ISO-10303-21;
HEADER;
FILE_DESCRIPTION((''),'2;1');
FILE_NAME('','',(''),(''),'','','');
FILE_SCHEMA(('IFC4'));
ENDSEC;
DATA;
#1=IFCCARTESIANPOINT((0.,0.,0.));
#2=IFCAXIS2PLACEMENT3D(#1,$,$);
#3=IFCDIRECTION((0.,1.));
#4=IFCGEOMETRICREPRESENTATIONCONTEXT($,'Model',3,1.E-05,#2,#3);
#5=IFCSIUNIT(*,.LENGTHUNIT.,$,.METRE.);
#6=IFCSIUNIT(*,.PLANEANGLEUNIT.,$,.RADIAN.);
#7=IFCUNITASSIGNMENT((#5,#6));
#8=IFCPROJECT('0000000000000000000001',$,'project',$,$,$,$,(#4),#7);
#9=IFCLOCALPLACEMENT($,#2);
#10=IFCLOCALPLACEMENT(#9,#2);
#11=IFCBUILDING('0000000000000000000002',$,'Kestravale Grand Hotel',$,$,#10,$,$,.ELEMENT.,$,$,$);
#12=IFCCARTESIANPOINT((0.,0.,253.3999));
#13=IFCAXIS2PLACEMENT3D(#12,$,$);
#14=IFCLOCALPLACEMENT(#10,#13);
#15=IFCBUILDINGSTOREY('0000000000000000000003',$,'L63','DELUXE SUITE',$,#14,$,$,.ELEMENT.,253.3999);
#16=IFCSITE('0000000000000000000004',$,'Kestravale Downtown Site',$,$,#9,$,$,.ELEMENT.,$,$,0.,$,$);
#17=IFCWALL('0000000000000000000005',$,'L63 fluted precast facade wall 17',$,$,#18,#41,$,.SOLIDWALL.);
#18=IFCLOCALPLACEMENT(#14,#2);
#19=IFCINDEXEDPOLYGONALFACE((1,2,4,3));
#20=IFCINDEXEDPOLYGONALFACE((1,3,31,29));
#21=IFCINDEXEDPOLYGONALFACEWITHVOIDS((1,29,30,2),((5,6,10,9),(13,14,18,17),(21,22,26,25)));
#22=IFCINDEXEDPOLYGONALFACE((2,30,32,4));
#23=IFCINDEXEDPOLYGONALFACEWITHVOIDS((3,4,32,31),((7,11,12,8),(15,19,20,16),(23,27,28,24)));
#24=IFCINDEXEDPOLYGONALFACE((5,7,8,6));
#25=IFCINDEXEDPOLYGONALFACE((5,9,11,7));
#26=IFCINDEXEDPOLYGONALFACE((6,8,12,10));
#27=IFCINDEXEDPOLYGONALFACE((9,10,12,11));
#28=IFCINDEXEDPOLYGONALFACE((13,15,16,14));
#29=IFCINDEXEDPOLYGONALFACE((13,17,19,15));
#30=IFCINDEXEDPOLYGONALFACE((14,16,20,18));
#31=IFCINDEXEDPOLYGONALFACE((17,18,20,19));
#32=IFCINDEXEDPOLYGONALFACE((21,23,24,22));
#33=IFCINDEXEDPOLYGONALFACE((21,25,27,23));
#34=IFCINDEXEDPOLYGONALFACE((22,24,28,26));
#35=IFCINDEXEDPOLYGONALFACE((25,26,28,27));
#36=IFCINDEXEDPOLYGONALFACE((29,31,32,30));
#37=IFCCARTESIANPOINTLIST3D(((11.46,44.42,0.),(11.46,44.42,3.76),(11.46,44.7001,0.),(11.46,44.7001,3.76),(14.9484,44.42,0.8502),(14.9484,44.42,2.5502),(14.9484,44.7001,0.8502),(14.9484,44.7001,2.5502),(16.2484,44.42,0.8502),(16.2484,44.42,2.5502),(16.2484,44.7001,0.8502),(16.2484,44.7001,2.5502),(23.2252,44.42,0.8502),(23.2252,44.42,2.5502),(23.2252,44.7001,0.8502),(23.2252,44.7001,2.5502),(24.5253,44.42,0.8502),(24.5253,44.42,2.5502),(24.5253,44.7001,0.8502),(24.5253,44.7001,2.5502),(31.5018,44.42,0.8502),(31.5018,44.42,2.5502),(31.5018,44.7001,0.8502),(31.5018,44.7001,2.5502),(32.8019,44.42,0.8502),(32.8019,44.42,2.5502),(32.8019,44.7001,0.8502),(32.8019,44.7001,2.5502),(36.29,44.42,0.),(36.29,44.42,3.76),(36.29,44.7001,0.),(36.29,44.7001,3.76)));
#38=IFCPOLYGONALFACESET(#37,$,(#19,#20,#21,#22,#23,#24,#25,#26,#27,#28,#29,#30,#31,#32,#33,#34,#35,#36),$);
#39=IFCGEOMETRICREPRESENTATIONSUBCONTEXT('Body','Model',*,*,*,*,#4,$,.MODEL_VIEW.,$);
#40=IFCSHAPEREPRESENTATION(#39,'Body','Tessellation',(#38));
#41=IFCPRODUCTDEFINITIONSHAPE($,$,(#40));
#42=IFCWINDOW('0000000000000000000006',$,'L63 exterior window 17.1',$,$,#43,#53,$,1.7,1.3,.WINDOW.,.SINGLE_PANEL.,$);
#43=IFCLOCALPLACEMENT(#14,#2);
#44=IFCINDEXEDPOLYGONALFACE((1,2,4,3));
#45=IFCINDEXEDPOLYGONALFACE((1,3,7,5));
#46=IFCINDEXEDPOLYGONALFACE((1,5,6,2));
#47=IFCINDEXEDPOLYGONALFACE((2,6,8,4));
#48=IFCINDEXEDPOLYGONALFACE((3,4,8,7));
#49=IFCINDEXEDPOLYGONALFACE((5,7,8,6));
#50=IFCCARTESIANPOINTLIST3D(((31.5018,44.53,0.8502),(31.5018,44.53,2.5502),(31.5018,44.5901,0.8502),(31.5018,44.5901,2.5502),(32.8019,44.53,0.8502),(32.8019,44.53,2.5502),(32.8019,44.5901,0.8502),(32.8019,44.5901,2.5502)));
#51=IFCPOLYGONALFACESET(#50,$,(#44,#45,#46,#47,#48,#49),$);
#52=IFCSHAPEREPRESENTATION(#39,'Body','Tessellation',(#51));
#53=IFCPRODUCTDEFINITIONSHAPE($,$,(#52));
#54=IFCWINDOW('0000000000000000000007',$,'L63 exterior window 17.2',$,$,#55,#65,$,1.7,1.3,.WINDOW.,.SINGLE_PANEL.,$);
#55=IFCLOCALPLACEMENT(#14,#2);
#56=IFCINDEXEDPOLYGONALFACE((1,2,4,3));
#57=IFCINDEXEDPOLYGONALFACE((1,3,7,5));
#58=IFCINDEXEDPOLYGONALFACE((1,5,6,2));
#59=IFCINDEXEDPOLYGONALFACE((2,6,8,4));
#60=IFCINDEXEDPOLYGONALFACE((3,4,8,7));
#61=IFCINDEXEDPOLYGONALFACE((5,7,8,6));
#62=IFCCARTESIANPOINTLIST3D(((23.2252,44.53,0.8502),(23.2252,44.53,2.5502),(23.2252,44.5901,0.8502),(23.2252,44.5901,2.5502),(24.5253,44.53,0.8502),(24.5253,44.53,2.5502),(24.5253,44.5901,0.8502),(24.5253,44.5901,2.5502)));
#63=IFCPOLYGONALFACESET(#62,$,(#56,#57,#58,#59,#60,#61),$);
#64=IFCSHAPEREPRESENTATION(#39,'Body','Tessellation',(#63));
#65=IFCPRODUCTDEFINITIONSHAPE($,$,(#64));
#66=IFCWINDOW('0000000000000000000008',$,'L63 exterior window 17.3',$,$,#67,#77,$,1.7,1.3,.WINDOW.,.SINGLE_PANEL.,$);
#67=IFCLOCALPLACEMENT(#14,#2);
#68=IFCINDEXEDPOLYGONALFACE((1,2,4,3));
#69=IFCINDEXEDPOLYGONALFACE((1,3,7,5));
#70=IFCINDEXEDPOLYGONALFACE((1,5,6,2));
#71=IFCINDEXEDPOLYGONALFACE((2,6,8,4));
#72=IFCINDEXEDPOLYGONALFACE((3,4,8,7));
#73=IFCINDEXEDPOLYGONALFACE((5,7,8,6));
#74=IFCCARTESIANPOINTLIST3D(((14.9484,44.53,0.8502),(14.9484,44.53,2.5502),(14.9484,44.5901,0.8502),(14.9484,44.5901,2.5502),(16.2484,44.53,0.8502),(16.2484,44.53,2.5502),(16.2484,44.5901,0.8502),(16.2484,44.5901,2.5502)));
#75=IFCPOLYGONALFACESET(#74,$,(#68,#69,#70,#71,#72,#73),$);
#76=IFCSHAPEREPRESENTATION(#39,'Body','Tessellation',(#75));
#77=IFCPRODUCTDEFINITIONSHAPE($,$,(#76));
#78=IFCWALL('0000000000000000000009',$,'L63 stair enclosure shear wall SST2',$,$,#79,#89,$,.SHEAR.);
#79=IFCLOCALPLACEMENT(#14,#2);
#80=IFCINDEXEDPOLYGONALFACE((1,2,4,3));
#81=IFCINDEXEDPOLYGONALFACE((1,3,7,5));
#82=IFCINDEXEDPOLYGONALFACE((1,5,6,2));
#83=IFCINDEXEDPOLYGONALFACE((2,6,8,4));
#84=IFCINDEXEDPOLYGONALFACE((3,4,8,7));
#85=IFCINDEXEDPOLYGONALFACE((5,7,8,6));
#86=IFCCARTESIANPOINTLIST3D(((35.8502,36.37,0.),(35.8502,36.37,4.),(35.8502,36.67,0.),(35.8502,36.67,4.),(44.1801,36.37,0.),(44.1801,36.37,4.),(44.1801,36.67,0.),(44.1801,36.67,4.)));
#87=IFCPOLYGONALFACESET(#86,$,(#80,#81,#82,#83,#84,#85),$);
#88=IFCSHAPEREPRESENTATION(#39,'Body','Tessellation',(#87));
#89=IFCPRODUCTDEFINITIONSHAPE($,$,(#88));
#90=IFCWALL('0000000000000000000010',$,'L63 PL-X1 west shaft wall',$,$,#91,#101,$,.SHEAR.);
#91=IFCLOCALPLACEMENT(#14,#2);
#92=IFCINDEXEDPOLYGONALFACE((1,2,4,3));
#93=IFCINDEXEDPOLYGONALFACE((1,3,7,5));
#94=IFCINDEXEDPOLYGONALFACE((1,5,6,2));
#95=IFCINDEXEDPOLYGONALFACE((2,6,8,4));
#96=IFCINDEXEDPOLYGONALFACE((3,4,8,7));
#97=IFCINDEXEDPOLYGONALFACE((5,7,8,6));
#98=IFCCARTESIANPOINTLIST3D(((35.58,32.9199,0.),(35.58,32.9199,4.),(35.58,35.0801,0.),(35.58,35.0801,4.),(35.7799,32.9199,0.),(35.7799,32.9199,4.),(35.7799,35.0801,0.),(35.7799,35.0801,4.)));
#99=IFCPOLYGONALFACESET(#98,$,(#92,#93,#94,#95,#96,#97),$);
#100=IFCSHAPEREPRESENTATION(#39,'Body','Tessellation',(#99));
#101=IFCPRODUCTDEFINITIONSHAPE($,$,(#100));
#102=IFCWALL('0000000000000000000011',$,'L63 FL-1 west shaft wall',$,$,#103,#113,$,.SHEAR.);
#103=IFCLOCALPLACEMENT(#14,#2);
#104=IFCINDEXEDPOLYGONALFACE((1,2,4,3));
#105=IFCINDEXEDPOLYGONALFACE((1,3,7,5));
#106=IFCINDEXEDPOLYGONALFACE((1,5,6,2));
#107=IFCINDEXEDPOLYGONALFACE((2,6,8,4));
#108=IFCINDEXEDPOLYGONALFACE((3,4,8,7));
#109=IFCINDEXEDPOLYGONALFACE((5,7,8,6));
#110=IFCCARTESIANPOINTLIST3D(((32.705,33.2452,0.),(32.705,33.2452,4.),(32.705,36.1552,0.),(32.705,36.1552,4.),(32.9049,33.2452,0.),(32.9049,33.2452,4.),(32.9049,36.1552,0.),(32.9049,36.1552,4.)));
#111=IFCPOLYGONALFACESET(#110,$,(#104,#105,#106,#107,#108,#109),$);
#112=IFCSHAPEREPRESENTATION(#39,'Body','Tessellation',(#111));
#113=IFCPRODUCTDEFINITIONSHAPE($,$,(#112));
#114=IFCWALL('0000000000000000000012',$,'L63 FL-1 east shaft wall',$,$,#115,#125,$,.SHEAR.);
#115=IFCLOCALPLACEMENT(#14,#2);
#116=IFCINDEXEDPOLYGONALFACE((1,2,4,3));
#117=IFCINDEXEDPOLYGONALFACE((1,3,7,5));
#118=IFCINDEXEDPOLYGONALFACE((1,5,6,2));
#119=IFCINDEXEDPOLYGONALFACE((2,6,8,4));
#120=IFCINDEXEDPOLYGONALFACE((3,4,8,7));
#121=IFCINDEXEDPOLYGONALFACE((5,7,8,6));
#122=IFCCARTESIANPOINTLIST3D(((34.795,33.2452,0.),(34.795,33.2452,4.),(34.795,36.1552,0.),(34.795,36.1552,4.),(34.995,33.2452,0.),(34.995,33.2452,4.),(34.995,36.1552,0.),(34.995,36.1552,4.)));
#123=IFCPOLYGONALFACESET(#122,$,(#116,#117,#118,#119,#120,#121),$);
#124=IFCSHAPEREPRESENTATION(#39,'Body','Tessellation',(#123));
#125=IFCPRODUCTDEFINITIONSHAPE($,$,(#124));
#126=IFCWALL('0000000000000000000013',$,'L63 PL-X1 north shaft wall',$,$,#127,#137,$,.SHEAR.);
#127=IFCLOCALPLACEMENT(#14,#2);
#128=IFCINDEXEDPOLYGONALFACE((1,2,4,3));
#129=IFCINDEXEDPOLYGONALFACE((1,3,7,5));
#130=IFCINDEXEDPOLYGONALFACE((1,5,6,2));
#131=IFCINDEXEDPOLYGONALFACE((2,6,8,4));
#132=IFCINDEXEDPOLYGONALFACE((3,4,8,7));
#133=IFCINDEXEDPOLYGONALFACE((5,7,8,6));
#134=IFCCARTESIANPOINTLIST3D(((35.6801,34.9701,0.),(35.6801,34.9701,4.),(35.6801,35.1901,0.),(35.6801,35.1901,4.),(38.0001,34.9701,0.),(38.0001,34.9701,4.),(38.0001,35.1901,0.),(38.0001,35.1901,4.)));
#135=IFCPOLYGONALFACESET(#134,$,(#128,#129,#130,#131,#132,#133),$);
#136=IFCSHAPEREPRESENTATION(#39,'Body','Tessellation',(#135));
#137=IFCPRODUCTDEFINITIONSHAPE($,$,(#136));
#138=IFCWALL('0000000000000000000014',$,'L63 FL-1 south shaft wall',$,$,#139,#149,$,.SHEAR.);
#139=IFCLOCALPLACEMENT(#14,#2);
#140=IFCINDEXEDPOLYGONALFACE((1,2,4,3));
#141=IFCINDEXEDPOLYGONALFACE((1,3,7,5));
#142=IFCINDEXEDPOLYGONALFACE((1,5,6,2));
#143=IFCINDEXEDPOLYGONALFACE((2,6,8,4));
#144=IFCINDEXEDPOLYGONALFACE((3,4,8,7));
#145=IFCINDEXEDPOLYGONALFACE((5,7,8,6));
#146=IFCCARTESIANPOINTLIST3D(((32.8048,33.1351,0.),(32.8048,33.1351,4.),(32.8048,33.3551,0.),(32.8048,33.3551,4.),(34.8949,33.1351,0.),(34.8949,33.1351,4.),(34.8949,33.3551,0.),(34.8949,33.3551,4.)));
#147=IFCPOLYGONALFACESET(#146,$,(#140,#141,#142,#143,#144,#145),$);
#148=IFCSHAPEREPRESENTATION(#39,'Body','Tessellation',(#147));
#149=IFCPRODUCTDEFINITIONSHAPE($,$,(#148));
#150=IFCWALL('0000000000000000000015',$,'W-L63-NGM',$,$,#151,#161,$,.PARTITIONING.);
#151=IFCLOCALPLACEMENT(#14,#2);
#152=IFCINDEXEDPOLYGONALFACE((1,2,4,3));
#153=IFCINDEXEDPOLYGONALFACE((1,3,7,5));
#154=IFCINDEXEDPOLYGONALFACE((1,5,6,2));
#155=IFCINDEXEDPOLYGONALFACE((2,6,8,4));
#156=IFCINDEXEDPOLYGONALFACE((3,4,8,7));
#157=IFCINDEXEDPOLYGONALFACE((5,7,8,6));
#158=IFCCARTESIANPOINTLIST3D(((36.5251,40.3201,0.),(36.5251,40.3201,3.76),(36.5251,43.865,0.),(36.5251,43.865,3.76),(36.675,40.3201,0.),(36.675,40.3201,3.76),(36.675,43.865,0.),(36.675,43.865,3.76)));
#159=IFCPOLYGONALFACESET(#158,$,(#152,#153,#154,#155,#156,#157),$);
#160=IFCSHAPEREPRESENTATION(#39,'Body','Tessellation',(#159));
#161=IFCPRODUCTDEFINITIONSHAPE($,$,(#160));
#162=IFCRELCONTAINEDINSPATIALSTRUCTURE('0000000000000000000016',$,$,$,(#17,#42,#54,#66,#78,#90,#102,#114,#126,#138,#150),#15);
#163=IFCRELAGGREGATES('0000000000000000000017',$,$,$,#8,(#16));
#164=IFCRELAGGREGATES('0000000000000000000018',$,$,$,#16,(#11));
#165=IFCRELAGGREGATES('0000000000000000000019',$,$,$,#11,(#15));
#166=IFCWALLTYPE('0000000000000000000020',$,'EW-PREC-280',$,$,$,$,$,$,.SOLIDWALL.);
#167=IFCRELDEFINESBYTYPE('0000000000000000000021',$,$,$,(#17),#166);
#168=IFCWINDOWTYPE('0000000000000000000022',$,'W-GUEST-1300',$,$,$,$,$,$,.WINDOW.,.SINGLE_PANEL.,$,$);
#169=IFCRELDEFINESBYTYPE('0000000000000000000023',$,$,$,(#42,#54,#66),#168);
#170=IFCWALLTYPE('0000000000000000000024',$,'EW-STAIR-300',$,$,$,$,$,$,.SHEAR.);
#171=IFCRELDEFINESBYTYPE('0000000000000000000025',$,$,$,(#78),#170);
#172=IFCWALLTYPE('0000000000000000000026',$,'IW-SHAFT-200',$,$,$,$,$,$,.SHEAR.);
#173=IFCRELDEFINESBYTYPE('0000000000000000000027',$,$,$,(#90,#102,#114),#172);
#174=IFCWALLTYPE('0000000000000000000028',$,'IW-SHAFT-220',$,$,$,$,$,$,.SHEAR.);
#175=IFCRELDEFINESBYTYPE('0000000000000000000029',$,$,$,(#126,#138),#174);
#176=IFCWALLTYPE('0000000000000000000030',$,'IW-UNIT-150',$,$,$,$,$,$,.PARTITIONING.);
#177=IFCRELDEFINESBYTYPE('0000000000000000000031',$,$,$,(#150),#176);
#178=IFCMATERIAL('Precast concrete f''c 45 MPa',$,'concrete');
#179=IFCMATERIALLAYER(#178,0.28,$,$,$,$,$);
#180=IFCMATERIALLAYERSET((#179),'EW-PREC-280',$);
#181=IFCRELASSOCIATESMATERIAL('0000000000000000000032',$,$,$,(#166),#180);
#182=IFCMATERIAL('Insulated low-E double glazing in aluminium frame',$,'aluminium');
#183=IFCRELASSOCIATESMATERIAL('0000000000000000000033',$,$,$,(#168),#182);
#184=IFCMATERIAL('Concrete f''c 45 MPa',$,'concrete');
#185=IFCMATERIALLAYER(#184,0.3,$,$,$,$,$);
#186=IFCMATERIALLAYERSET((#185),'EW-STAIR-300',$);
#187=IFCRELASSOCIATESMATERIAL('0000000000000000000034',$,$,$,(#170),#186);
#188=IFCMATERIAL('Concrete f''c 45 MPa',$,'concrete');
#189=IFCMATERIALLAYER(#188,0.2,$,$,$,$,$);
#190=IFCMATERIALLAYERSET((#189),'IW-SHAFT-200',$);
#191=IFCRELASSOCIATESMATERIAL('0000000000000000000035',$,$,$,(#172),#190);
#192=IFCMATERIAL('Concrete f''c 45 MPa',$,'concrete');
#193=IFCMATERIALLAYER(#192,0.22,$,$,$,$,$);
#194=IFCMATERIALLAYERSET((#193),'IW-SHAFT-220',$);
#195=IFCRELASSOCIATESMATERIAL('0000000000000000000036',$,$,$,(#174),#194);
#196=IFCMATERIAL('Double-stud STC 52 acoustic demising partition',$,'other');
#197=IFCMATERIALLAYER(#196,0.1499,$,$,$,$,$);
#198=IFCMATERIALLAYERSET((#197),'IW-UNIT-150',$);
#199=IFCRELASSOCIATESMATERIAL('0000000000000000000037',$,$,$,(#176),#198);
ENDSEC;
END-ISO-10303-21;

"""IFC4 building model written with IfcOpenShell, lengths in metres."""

from ifc_helpers import new_model, si_unit, direction, frame, frame_2d, origin, place, context, subcontext, project, spatial, rectangle, extrude, material, layer, layer_set, type_object, element, fill, save


model = new_model("IFC4")

# Units and contexts
model_context = context("Model", 3, precision=1e-05, world=origin(), true_north=direction((0.0, 1.0)))
body_context = subcontext(model_context, "Body", "Model", "MODEL_VIEW")
ifc_project = project(units=[si_unit("LENGTHUNIT", "METRE"), si_unit("PLANEANGLEUNIT", "RADIAN")], contexts=[model_context])

# Site, building, storey
site_placement = place(None, origin())
site = spatial("IfcSite", under=ifc_project, at=site_placement, Name="Kestravale Downtown Site", CompositionType="ELEMENT", RefElevation=0.0)
building_placement = place(site_placement, origin())
building = spatial("IfcBuilding", under=site, at=building_placement, Name="Kestravale Grand Hotel", CompositionType="ELEMENT")
storey_placement = place(building_placement, frame((0.0, 0.0, 253.3999)))
storey = spatial("IfcBuildingStorey", under=building, at=storey_placement, Name="L63", Description="DELUXE SUITE", CompositionType="ELEMENT", Elevation=253.3999)

# Shared definitions
ifc_material_1 = material(Name="Precast concrete f'c 45 MPa", Category="concrete")
ifc_layer_1 = layer(ifc_material_1, 0.28)
ifc_layer_set_1 = layer_set([ifc_layer_1], Name="EW-PREC-280")
wall_type_1 = type_object("IfcWallType", Name="EW-PREC-280", PredefinedType="SOLIDWALL", material=ifc_layer_set_1)

# Wall, openings, windows
wall_1_placement = place(storey_placement, frame((36.29, 44.5601, 0.0), z_axis=(0.0, 0.0, 1.0), x_axis=(-1.0, 0.0, 0.0)))
wall_1 = element("IfcWall", 1, at=wall_1_placement, inside=storey, type_object=wall_type_1, Name="L63 fluted precast facade wall 17", PredefinedType="SOLIDWALL", context=body_context, shape_type="SweptSolid", body=[
    extrude(rectangle(XDim=24.8301, YDim=0.28, at=frame_2d((12.415, 0.0))), origin(), (0.0, 0.0, 1.0), 3.76),
])
opening_1_placement = place(wall_1_placement, frame((3.4883, 0.0, 0.8501)))
opening_1 = element("IfcOpeningElement", 2, at=opening_1_placement, cuts=wall_1, PredefinedType="OPENING", context=body_context, shape_type="SweptSolid", body=[
    extrude(rectangle(XDim=1.3, YDim=1.7, at=frame_2d((0.6499, 0.8501))), frame((0.0, 0.1499, 0.0), z_axis=(0.0, -1.0, 0.0), x_axis=(1.0, 0.0, 0.0)), (0.0, 0.0, 1.0), 0.3),
])
opening_2_placement = place(wall_1_placement, frame((11.7649, 0.0, 0.8501)))
opening_2 = element("IfcOpeningElement", 3, at=opening_2_placement, cuts=wall_1, PredefinedType="OPENING", context=body_context, shape_type="SweptSolid", body=[
    extrude(rectangle(XDim=1.3, YDim=1.7, at=frame_2d((0.6499, 0.8501))), frame((0.0, 0.1499, 0.0), z_axis=(0.0, -1.0, 0.0), x_axis=(1.0, 0.0, 0.0)), (0.0, 0.0, 1.0), 0.3),
])
opening_3_placement = place(wall_1_placement, frame((20.0417, 0.0, 0.8501)))
opening_3 = element("IfcOpeningElement", 4, at=opening_3_placement, cuts=wall_1, PredefinedType="OPENING", context=body_context, shape_type="SweptSolid", body=[
    extrude(rectangle(XDim=1.3, YDim=1.7, at=frame_2d((0.6499, 0.8501))), frame((0.0, 0.1499, 0.0), z_axis=(0.0, -1.0, 0.0), x_axis=(1.0, 0.0, 0.0)), (0.0, 0.0, 1.0), 0.3),
])
ifc_material_2 = material(Name="Insulated low-E double glazing in aluminium frame", Category="aluminium")
window_type = type_object("IfcWindowType", Name="W-GUEST-1300", PartitioningType="SINGLE_PANEL", PredefinedType="WINDOW", material=ifc_material_2)
window_1_placement = place(opening_1_placement, origin())
window_1 = element("IfcWindow", 5, at=window_1_placement, inside=storey, type_object=window_type, Name="L63 exterior window 17.1", OverallHeight=1.7, OverallWidth=1.3, PartitioningType="SINGLE_PANEL", PredefinedType="WINDOW", context=body_context, shape_type="SweptSolid", body=[
    extrude(rectangle(XDim=1.3, YDim=1.7, at=frame_2d((0.6499, 0.8501))), frame((0.0, 0.03, 0.0), z_axis=(0.0, -1.0, 0.0), x_axis=(1.0, 0.0, 0.0)), (0.0, 0.0, 1.0), 0.0601),
])
fill(opening_1, window_1)
window_2_placement = place(opening_2_placement, origin())
window_2 = element("IfcWindow", 6, at=window_2_placement, inside=storey, type_object=window_type, Name="L63 exterior window 17.2", OverallHeight=1.7, OverallWidth=1.3, PartitioningType="SINGLE_PANEL", PredefinedType="WINDOW", context=body_context, shape_type="SweptSolid", body=[
    extrude(rectangle(XDim=1.3, YDim=1.7, at=frame_2d((0.6499, 0.8501))), frame((0.0, 0.03, 0.0), z_axis=(0.0, -1.0, 0.0), x_axis=(1.0, 0.0, 0.0)), (0.0, 0.0, 1.0), 0.0601),
])
fill(opening_2, window_2)
window_3_placement = place(opening_3_placement, origin())
window_3 = element("IfcWindow", 7, at=window_3_placement, inside=storey, type_object=window_type, Name="L63 exterior window 17.3", OverallHeight=1.7, OverallWidth=1.3, PartitioningType="SINGLE_PANEL", PredefinedType="WINDOW", context=body_context, shape_type="SweptSolid", body=[
    extrude(rectangle(XDim=1.3, YDim=1.7, at=frame_2d((0.6499, 0.8501))), frame((0.0, 0.03, 0.0), z_axis=(0.0, -1.0, 0.0), x_axis=(1.0, 0.0, 0.0)), (0.0, 0.0, 1.0), 0.0601),
])
fill(opening_3, window_3)

# Walls
ifc_material_3 = material(Name="Concrete f'c 45 MPa", Category="concrete")
ifc_layer_2 = layer(ifc_material_3, 0.3)
ifc_layer_set_2 = layer_set([ifc_layer_2], Name="EW-STAIR-300")
wall_type_2 = type_object("IfcWallType", Name="EW-STAIR-300", PredefinedType="SHEAR", material=ifc_layer_set_2)
wall_2_placement = place(storey_placement, frame((35.8501, 36.52, 0.0), z_axis=(0.0, 0.0, 1.0), x_axis=(1.0, 0.0, 0.0)))
element("IfcWall", 8, at=wall_2_placement, inside=storey, type_object=wall_type_2, Name="L63 stair enclosure shear wall SST2", PredefinedType="SHEAR", context=body_context, shape_type="SweptSolid", body=[
    extrude(rectangle(XDim=8.3298, YDim=0.3, at=frame_2d((4.165, 0.0))), origin(), (0.0, 0.0, 1.0), 4.0),
])
ifc_material_4 = material(Name="Concrete f'c 45 MPa", Category="concrete")
ifc_layer_3 = layer(ifc_material_4, 0.2)
ifc_layer_set_3 = layer_set([ifc_layer_3], Name="IW-SHAFT-200")
wall_type_3 = type_object("IfcWallType", Name="IW-SHAFT-200", PredefinedType="SHEAR", material=ifc_layer_set_3)
wall_3_placement = place(storey_placement, frame((35.6799, 32.9199, 0.0), z_axis=(0.0, 0.0, 1.0), x_axis=(0.0, 1.0, 0.0)))
element("IfcWall", 9, at=wall_3_placement, inside=storey, type_object=wall_type_3, Name="L63 PL-X1 west shaft wall", PredefinedType="SHEAR", context=body_context, shape_type="SweptSolid", body=[
    extrude(rectangle(XDim=2.1602, YDim=0.2, at=frame_2d((1.0801, 0.0))), origin(), (0.0, 0.0, 1.0), 4.0),
])
for number, where, z_axis, x_axis, name in (
    (10, (32.8049, 33.2451, 0.0), (0.0, 0.0, 1.0), (0.0, 1.0, 0.0), "L63 FL-1 west shaft wall"),
    (11, (34.895, 33.2451, 0.0), (0.0, 0.0, 1.0), (0.0, 1.0, 0.0), "L63 FL-1 east shaft wall"),
):
    element("IfcWall", number, at=place(storey_placement, frame(where, z_axis=z_axis, x_axis=x_axis)), inside=storey, type_object=wall_type_3, Name=name, PredefinedType="SHEAR", context=body_context, shape_type="SweptSolid", body=[
        extrude(rectangle(XDim=2.9099, YDim=0.2, at=frame_2d((1.4551, 0.0))), origin(), (0.0, 0.0, 1.0), 4.0),
    ])
ifc_material_5 = material(Name="Concrete f'c 45 MPa", Category="concrete")
ifc_layer_4 = layer(ifc_material_5, 0.22)
ifc_layer_set_4 = layer_set([ifc_layer_4], Name="IW-SHAFT-220")
wall_type_4 = type_object("IfcWallType", Name="IW-SHAFT-220", PredefinedType="SHEAR", material=ifc_layer_set_4)
wall_4_placement = place(storey_placement, frame((35.6799, 35.0801, 0.0), z_axis=(0.0, 0.0, 1.0), x_axis=(1.0, 0.0, 0.0)))
element("IfcWall", 12, at=wall_4_placement, inside=storey, type_object=wall_type_4, Name="L63 PL-X1 north shaft wall", PredefinedType="SHEAR", context=body_context, shape_type="SweptSolid", body=[
    extrude(rectangle(XDim=2.3201, YDim=0.22, at=frame_2d((1.1602, 0.0))), origin(), (0.0, 0.0, 1.0), 4.0),
])

# Walls
wall_5_placement = place(storey_placement, frame((32.8049, 33.2451, 0.0), z_axis=(0.0, 0.0, 1.0), x_axis=(1.0, 0.0, 0.0)))
element("IfcWall", 13, at=wall_5_placement, inside=storey, type_object=wall_type_4, Name="L63 FL-1 south shaft wall", PredefinedType="SHEAR", context=body_context, shape_type="SweptSolid", body=[
    extrude(rectangle(XDim=2.0901, YDim=0.22, at=frame_2d((1.0449, 0.0))), origin(), (0.0, 0.0, 1.0), 4.0),
])
ifc_material_6 = material(Name="Double-stud STC 52 acoustic demising partition", Category="other")
ifc_layer_5 = layer(ifc_material_6, 0.1499)
ifc_layer_set_5 = layer_set([ifc_layer_5], Name="IW-UNIT-150")
wall_type_5 = type_object("IfcWallType", Name="IW-UNIT-150", PredefinedType="PARTITIONING", material=ifc_layer_set_5)
wall_6_placement = place(storey_placement, frame((36.6001, 40.3201, 0.0), z_axis=(0.0, 0.0, 1.0), x_axis=(0.0, 1.0, 0.0)))
element("IfcWall", 14, at=wall_6_placement, inside=storey, type_object=wall_type_5, Name="W-L63-NGM", PredefinedType="PARTITIONING", context=body_context, shape_type="SweptSolid", body=[
    extrude(rectangle(XDim=3.5449, YDim=0.1499, at=frame_2d((1.7725, 0.0))), origin(), (0.0, 0.0, 1.0), 3.76),
])

save(model, "model.ifc")
